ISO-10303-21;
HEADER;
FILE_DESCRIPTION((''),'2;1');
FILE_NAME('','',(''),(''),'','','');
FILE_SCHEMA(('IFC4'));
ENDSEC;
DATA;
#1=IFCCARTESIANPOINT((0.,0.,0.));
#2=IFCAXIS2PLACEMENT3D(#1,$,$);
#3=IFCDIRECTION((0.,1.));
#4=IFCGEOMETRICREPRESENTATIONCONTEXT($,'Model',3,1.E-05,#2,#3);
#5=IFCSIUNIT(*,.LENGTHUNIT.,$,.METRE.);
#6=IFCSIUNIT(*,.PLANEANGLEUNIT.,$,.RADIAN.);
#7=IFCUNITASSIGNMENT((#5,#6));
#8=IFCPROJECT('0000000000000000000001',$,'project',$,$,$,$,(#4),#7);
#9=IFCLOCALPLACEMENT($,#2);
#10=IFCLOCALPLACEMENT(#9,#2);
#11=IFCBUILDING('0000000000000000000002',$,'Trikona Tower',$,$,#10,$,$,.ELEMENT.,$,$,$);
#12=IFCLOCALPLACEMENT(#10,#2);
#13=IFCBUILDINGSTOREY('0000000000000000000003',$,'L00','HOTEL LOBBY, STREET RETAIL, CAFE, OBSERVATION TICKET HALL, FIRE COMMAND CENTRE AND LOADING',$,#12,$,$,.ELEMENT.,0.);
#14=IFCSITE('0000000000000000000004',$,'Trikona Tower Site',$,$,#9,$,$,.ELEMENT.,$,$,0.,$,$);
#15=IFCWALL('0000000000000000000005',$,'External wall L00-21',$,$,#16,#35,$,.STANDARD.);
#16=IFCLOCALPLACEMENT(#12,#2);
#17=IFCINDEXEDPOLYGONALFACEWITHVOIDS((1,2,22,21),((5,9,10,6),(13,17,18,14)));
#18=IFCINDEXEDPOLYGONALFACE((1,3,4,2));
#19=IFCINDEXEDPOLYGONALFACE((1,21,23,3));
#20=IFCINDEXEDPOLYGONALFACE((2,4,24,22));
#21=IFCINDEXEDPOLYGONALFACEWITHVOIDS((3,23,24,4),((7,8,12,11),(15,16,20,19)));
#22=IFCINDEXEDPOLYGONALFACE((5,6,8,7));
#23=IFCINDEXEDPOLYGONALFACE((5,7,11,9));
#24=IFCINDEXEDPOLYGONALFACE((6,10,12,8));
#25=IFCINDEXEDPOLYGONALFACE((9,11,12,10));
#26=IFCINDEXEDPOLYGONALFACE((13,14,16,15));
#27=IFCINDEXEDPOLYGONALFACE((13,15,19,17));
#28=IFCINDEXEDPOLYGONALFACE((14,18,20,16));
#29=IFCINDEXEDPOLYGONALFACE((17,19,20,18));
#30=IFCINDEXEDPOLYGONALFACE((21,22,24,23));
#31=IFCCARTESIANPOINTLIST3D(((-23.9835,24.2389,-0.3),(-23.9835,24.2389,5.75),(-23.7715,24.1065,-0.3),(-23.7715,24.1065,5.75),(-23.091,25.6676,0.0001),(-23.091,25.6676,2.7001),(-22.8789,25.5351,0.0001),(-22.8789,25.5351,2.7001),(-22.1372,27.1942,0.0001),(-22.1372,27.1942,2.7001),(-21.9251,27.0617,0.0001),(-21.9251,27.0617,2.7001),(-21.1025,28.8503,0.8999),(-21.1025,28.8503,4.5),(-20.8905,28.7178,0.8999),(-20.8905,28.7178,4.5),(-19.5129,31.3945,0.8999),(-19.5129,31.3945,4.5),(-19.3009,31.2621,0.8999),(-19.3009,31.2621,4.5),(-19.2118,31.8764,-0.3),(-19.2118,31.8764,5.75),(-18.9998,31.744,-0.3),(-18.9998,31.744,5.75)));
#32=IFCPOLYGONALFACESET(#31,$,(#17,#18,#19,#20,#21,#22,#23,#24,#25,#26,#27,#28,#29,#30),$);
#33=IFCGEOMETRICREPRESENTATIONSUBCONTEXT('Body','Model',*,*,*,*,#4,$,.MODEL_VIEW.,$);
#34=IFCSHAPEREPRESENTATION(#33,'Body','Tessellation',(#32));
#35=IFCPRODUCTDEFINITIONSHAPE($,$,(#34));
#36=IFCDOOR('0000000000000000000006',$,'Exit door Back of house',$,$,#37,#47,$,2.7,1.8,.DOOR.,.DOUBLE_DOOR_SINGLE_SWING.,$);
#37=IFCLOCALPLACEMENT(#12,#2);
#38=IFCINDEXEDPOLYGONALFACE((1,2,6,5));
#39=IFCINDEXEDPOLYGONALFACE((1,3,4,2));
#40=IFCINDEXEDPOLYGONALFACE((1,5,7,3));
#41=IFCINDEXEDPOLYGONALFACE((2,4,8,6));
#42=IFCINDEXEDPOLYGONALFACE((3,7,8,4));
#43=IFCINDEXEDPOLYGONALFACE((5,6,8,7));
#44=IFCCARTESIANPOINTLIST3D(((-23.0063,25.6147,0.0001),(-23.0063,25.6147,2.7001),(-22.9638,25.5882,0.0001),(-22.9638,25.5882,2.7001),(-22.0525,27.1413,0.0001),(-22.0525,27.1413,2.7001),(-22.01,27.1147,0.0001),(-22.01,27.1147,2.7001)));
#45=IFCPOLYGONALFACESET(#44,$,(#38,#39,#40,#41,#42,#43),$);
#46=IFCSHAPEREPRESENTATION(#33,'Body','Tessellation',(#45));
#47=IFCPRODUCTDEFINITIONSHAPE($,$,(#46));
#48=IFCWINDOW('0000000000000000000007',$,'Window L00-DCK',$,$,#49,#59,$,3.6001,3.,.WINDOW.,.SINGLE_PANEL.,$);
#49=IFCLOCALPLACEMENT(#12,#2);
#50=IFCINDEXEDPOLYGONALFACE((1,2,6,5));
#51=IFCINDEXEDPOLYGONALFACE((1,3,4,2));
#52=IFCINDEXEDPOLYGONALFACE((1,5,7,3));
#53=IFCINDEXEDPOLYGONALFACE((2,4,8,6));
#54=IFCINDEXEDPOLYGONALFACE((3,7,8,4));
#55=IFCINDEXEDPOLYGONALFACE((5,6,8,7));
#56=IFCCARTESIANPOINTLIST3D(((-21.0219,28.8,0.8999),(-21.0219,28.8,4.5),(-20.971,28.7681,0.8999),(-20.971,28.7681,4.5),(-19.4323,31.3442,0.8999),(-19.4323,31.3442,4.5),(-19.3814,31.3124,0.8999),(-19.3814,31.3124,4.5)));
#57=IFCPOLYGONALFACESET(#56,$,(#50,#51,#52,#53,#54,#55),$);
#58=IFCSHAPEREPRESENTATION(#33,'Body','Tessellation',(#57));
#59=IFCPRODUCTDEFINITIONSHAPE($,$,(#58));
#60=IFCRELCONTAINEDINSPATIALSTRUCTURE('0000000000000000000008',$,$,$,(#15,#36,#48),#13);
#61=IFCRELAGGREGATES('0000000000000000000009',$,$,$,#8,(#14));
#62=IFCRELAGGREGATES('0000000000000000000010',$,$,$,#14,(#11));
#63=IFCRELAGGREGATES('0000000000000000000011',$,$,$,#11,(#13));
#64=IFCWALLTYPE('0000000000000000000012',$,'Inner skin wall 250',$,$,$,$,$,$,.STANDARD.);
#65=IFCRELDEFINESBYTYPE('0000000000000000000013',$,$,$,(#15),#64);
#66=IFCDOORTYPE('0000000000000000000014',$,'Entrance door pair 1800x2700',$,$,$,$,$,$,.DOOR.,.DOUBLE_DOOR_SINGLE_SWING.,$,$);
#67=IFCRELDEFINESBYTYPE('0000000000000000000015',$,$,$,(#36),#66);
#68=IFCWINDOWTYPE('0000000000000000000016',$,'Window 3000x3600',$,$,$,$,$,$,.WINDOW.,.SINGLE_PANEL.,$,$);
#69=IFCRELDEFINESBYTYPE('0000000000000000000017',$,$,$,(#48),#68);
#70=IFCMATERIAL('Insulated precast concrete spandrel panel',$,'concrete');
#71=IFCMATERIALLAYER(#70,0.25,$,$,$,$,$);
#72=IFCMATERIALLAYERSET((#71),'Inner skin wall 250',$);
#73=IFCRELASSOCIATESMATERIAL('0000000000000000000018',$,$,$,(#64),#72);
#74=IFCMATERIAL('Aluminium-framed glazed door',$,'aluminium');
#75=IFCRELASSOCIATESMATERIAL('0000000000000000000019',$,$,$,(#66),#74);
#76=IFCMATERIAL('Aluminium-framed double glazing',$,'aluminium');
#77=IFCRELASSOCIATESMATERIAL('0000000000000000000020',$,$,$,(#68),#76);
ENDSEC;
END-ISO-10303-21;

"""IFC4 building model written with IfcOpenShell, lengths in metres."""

from ifc_helpers import new_model, si_unit, direction, frame, frame_2d, origin, place, context, subcontext, project, spatial, rectangle, extrude, material, layer, layer_set, type_object, element, fill, save


model = new_model("IFC4")

# Units and contexts
model_context = context("Model", 3, precision=1e-05, world=origin(), true_north=direction((0.0, 1.0)))
body_context = subcontext(model_context, "Body", "Model", "MODEL_VIEW")
ifc_project = project(units=[si_unit("LENGTHUNIT", "METRE"), si_unit("PLANEANGLEUNIT", "RADIAN")], contexts=[model_context])

# Site, building, storey
site_placement = place(None, origin())
site = spatial("IfcSite", under=ifc_project, at=site_placement, Name="Trikona Tower Site", CompositionType="ELEMENT", RefElevation=0.0)
building_placement = place(site_placement, origin())
building = spatial("IfcBuilding", under=site, at=building_placement, Name="Trikona Tower", CompositionType="ELEMENT")
storey_placement = place(building_placement, origin())
storey = spatial("IfcBuildingStorey", under=building, at=storey_placement, Name="L00", Description="HOTEL LOBBY, STREET RETAIL, CAFE, OBSERVATION TICKET HALL, FIRE COMMAND CENTRE AND LOADING", CompositionType="ELEMENT", Elevation=0.0)

# Wall, openings, door, window
ifc_material_1 = material(Name="Insulated precast concrete spandrel panel", Category="concrete")
ifc_layer_1 = layer(ifc_material_1, 0.25)
ifc_layer_set_1 = layer_set([ifc_layer_1], Name="Inner skin wall 250")
wall_type_1 = type_object("IfcWallType", Name="Inner skin wall 250", PredefinedType="STANDARD", material=ifc_layer_set_1)
wall_1_placement = place(storey_placement, frame((-19.1057, 31.8103, -0.3), z_axis=(0.0, 0.0, 1.0), x_axis=(-0.529865, -0.848082, 0.0)))
wall_1 = element("IfcWall", 1, at=wall_1_placement, inside=storey, type_object=wall_type_1, Name="External wall L00-21", PredefinedType="STANDARD", context=body_context, shape_type="SweptSolid", body=[
    extrude(rectangle(XDim=9.0056, YDim=0.25, at=frame_2d((4.5029, 0.0))), origin(), (0.0, 0.0, 1.0), 6.05),
])
opening_1_placement = place(wall_1_placement, frame((0.5684, 0.0, 1.2)))
opening_1 = element("IfcOpeningElement", 2, at=opening_1_placement, cuts=wall_1, PredefinedType="OPENING", context=body_context, shape_type="SweptSolid", body=[
    extrude(rectangle(XDim=3.0, YDim=3.6001, at=frame_2d((1.5, 1.8))), frame((0.0, 0.135, 0.0), z_axis=(0.0, -1.0, 0.0), x_axis=(1.0, 0.0, 0.0)), (0.0, 0.0, 1.0), 0.27),
])
opening_2_placement = place(wall_1_placement, frame((5.5212, 0.0, 0.3)))
opening_2 = element("IfcOpeningElement", 3, at=opening_2_placement, cuts=wall_1, PredefinedType="OPENING", context=body_context, shape_type="SweptSolid", body=[
    extrude(rectangle(XDim=1.8, YDim=2.7, at=frame_2d((0.8999, 1.3501))), frame((0.0, 0.135, 0.0), z_axis=(0.0, -1.0, 0.0), x_axis=(1.0, 0.0, 0.0)), (0.0, 0.0, 1.0), 0.27),
])
ifc_material_2 = material(Name="Aluminium-framed glazed door", Category="aluminium")
door_type = type_object("IfcDoorType", Name="Entrance door pair 1800x2700", OperationType="DOUBLE_DOOR_SINGLE_SWING", PredefinedType="DOOR", material=ifc_material_2)
door_placement = place(opening_2_placement, origin())
door = element("IfcDoor", 4, at=door_placement, inside=storey, type_object=door_type, Name="Exit door Back of house", OperationType="DOUBLE_DOOR_SINGLE_SWING", OverallHeight=2.7, OverallWidth=1.8, PredefinedType="DOOR", context=body_context, shape_type="SweptSolid", body=[
    extrude(rectangle(XDim=1.8, YDim=2.7, at=frame_2d((0.8999, 1.3501))), frame((0.0, 0.0249, 0.0), z_axis=(0.0, -1.0, 0.0), x_axis=(1.0, 0.0, 0.0)), (0.0, 0.0, 1.0), 0.05),
])
fill(opening_2, door)
ifc_material_3 = material(Name="Aluminium-framed double glazing", Category="aluminium")
window_type = type_object("IfcWindowType", Name="Window 3000x3600", PartitioningType="SINGLE_PANEL", PredefinedType="WINDOW", material=ifc_material_3)
window_placement = place(opening_1_placement, origin())
window = element("IfcWindow", 5, at=window_placement, inside=storey, type_object=window_type, Name="Window L00-DCK", OverallHeight=3.6001, OverallWidth=3.0, PartitioningType="SINGLE_PANEL", PredefinedType="WINDOW", context=body_context, shape_type="SweptSolid", body=[
    extrude(rectangle(XDim=3.0, YDim=3.6001, at=frame_2d((1.5, 1.8))), frame((0.0, 0.03, 0.0), z_axis=(0.0, -1.0, 0.0), x_axis=(1.0, 0.0, 0.0)), (0.0, 0.0, 1.0), 0.0601),
])
fill(opening_1, window)

save(model, "model.ifc")
